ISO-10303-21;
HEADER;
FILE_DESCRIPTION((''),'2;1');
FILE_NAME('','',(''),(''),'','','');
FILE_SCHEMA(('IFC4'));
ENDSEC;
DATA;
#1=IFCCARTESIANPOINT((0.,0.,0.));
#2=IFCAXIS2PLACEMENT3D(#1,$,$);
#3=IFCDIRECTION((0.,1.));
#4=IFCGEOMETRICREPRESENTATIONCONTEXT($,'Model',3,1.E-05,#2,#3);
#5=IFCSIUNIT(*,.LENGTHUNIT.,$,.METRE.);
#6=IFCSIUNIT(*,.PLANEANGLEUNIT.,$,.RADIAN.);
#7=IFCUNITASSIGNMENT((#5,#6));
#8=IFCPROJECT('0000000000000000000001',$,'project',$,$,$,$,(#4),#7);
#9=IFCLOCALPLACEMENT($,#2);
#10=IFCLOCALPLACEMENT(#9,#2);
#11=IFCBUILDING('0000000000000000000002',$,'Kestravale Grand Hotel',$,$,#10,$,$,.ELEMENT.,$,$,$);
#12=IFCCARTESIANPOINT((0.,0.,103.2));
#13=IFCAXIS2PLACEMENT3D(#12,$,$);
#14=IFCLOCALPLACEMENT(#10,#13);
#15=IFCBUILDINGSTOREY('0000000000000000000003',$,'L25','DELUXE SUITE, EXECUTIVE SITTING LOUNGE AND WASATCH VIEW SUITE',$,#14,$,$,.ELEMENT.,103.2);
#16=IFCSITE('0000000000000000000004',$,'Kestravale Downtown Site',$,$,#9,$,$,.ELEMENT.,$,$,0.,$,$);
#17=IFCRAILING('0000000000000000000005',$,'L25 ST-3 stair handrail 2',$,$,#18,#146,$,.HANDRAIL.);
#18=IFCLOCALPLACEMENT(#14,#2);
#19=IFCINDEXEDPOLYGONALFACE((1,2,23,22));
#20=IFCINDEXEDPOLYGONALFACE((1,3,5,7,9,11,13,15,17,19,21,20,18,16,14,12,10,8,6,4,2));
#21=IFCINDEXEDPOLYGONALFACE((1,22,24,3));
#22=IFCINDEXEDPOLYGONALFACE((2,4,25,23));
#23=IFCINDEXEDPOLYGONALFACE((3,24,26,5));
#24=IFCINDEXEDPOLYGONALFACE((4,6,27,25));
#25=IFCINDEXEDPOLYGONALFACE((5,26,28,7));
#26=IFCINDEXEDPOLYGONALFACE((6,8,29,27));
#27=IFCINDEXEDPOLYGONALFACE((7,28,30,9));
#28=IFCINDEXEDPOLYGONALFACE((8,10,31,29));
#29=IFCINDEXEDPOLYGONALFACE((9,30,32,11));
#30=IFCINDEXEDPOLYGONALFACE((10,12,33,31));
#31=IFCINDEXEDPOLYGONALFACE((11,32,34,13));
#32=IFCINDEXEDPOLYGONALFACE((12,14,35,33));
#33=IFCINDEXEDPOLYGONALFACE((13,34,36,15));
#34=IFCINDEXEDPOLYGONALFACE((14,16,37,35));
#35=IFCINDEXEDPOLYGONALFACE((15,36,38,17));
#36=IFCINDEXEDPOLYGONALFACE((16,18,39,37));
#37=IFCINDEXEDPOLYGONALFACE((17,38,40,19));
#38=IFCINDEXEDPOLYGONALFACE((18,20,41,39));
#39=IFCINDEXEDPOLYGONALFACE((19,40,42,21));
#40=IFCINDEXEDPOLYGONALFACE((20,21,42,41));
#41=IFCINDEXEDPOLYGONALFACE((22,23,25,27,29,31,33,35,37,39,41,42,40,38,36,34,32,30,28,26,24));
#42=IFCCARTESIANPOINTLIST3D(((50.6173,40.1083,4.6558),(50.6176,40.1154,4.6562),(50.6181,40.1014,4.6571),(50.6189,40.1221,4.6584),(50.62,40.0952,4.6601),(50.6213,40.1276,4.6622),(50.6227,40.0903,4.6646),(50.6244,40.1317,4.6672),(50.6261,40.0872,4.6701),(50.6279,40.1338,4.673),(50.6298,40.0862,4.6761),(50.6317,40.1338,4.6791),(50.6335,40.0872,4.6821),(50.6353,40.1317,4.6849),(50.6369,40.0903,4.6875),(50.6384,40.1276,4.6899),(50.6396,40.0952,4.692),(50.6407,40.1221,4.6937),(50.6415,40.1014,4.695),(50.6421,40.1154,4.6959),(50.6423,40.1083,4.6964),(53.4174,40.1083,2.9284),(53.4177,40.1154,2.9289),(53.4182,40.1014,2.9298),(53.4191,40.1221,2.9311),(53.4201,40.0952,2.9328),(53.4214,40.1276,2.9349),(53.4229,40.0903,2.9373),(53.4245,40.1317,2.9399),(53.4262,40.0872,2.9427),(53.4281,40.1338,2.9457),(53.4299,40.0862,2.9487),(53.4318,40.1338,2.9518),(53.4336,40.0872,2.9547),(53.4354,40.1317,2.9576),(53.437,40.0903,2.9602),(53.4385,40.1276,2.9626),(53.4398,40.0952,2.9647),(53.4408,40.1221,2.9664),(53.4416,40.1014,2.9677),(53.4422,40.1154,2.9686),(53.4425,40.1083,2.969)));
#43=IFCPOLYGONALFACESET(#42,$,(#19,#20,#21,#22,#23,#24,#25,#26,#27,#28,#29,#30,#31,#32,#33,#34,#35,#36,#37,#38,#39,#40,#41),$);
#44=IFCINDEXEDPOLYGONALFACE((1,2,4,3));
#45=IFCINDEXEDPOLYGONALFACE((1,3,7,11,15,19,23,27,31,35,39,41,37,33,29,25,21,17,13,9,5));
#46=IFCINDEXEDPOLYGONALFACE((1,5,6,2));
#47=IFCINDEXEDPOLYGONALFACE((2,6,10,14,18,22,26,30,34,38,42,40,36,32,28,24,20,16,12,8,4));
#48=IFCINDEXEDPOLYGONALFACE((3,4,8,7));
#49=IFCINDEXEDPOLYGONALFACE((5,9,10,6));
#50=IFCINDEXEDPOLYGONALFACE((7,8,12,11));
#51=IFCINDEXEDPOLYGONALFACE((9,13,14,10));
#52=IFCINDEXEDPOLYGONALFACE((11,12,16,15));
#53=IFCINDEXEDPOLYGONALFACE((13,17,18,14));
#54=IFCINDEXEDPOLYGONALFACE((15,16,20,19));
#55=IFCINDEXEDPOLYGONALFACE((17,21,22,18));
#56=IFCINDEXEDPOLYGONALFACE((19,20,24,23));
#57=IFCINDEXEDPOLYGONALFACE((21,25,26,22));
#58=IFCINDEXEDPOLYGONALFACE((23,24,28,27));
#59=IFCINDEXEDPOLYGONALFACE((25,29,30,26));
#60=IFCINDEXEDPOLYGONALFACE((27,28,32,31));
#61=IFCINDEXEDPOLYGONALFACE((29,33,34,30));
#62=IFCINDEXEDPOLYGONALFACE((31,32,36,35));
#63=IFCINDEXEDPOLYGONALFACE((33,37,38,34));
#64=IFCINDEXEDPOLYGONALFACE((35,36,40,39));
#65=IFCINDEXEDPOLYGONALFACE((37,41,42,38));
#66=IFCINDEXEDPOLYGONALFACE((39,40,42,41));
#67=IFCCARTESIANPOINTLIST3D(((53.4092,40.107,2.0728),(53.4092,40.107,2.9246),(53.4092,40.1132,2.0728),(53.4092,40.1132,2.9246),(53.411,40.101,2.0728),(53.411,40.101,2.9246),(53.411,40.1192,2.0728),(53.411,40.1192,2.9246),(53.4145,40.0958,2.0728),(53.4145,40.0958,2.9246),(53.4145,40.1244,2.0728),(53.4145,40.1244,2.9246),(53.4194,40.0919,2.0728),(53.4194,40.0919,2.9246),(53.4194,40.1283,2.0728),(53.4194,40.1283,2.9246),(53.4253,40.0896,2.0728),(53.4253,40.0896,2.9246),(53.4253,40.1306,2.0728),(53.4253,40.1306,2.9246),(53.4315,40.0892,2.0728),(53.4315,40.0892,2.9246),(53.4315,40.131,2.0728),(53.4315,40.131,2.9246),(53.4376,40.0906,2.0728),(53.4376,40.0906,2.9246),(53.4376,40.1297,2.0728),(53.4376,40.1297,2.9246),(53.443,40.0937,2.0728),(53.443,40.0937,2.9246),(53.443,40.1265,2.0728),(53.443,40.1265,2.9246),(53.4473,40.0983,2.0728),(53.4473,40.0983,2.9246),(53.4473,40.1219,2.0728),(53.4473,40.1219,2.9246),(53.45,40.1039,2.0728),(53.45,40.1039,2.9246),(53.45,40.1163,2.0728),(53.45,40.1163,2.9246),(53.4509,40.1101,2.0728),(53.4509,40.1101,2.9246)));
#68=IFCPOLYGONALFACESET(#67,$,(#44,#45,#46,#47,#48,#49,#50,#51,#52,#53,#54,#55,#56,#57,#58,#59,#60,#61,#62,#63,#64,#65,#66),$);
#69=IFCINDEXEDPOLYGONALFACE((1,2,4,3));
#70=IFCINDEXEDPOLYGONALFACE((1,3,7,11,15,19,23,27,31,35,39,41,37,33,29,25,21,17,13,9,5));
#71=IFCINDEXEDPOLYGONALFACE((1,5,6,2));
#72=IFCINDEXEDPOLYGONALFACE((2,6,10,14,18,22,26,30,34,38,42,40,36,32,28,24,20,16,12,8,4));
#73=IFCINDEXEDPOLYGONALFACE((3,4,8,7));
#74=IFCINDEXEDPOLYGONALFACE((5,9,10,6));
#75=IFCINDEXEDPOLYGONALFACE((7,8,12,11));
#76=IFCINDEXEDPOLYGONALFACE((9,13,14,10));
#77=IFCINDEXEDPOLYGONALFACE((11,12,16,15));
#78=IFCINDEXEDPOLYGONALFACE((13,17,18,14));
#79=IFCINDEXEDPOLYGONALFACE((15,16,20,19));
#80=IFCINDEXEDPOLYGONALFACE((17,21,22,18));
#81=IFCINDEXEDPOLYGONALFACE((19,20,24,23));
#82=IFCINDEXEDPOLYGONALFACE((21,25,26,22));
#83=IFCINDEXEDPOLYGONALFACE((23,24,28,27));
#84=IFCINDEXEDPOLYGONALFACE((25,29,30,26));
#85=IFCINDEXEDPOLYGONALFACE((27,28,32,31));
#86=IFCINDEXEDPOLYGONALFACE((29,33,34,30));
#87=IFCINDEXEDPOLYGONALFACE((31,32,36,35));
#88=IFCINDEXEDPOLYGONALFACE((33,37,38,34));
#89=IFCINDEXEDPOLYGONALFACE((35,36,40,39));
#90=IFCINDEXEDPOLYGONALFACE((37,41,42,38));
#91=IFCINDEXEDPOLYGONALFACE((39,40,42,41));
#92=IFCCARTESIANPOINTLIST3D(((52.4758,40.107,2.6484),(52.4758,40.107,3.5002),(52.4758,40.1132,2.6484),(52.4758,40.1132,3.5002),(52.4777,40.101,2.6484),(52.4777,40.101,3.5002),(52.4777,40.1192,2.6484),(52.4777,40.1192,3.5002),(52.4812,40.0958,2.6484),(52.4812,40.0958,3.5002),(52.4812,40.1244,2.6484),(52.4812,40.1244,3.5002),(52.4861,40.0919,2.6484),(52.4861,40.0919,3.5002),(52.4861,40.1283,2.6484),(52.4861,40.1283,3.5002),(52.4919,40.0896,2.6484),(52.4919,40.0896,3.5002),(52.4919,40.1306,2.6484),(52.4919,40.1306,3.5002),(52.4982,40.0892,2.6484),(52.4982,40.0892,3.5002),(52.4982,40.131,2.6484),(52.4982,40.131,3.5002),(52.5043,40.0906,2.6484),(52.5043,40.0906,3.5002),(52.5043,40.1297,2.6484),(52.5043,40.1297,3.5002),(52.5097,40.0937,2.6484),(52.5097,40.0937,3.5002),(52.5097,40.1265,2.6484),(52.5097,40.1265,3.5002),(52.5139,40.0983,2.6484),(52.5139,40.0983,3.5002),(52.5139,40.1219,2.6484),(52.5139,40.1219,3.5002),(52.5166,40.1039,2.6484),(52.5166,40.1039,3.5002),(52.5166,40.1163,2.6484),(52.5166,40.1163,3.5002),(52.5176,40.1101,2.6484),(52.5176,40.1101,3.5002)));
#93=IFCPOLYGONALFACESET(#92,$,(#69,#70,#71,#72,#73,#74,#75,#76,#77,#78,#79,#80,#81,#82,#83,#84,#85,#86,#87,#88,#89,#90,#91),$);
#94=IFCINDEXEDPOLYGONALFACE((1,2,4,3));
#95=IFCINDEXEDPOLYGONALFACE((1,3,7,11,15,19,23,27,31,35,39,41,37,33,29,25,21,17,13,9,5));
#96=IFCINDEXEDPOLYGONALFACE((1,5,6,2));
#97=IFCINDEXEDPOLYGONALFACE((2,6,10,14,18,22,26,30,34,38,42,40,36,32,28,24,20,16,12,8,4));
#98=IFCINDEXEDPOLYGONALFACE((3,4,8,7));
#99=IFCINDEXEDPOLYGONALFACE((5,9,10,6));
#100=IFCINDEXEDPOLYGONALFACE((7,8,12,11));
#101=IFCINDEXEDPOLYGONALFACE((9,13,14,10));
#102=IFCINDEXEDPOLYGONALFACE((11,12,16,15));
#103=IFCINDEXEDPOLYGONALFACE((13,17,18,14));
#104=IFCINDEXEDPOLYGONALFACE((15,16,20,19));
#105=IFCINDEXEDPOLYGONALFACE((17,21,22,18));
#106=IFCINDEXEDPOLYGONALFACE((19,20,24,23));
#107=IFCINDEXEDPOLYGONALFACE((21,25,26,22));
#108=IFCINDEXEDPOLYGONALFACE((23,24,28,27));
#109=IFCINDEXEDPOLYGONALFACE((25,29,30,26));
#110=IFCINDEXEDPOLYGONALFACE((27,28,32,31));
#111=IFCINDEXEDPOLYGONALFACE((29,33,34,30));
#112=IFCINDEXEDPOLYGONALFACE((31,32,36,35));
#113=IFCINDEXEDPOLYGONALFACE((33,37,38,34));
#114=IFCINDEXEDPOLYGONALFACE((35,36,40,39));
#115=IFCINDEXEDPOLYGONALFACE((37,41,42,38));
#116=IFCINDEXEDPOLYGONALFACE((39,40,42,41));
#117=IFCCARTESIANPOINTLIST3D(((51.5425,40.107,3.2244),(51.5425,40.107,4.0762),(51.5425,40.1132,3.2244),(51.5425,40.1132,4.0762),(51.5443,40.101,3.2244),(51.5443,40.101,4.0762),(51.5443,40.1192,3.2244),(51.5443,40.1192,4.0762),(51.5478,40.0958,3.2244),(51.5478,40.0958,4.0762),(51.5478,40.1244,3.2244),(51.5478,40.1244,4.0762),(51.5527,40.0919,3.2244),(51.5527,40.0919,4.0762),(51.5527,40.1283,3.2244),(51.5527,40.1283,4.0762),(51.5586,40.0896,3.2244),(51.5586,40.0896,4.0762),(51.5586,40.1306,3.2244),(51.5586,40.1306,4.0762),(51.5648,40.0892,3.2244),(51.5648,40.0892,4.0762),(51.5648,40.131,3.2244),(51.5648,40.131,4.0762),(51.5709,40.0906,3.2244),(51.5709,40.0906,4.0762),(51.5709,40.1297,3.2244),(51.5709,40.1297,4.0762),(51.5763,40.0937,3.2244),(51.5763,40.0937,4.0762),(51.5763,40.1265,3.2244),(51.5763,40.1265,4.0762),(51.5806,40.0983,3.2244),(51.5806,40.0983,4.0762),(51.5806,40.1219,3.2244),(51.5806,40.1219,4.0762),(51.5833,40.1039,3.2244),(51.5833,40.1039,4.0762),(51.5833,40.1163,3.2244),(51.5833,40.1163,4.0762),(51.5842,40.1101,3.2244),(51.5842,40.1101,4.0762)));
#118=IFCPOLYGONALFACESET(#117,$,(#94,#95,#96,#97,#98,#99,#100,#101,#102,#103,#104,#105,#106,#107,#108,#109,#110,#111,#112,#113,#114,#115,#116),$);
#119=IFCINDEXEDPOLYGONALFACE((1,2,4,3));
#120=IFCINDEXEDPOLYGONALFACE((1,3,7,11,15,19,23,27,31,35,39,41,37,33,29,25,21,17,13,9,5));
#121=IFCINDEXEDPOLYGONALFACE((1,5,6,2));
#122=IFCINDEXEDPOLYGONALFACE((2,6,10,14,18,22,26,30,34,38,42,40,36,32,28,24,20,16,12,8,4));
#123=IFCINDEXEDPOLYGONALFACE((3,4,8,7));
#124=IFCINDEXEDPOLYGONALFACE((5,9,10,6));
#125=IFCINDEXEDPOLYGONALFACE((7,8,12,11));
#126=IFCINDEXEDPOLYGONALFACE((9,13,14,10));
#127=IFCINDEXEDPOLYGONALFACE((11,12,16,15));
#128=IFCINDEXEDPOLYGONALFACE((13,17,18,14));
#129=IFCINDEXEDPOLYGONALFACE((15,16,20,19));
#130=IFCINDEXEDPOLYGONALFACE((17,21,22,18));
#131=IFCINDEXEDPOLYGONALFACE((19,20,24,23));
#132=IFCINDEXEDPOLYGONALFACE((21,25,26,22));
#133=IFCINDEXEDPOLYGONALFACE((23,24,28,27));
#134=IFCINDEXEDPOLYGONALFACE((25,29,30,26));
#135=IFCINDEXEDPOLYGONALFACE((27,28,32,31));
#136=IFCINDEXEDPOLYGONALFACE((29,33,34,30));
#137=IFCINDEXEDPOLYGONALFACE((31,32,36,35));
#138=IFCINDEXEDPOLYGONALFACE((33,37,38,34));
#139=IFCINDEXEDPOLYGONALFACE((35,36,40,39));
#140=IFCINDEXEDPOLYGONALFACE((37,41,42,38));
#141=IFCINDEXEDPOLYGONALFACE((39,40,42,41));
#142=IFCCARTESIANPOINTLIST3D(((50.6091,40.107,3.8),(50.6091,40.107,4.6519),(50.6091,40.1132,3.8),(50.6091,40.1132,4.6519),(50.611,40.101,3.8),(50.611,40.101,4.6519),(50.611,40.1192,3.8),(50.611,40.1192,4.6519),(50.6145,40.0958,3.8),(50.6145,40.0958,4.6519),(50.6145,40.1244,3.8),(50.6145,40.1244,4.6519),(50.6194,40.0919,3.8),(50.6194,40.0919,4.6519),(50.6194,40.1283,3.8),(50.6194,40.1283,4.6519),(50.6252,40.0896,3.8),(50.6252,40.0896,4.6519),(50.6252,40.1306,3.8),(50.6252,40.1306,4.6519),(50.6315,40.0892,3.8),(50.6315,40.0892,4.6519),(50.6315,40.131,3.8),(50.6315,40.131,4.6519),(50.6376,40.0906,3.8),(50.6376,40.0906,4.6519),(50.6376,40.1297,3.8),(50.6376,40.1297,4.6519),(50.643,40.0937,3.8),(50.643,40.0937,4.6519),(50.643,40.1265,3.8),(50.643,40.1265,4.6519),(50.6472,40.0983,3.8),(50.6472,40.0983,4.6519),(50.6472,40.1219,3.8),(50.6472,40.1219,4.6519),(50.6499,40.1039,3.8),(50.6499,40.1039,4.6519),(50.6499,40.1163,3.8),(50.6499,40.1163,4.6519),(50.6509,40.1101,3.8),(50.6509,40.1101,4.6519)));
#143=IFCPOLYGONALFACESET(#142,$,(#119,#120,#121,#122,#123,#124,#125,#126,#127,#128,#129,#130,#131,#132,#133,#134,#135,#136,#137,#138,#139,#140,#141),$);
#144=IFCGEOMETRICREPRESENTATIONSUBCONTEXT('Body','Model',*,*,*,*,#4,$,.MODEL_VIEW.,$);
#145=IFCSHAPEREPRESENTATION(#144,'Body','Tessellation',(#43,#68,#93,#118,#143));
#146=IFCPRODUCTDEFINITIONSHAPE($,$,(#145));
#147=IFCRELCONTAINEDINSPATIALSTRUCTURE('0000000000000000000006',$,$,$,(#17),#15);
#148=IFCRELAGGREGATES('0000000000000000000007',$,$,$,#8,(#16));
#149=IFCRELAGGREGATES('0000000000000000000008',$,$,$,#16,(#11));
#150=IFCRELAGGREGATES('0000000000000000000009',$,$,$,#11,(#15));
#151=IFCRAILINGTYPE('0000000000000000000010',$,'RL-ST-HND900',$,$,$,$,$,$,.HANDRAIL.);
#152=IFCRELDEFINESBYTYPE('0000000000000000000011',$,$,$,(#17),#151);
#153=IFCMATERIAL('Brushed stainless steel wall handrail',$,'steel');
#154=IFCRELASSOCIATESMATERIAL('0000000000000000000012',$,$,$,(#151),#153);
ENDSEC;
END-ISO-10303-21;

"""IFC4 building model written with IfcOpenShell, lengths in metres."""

from ifc_helpers import new_model, si_unit, direction, frame, origin, origin_2d, place, context, subcontext, project, spatial, circle, extrude, material, type_object, element, save


model = new_model("IFC4")

# Units and contexts
model_context = context("Model", 3, precision=1e-05, world=origin(), true_north=direction((0.0, 1.0)))
body_context = subcontext(model_context, "Body", "Model", "MODEL_VIEW")
ifc_project = project(units=[si_unit("LENGTHUNIT", "METRE"), si_unit("PLANEANGLEUNIT", "RADIAN")], contexts=[model_context])

# Site, building, storey
site_placement = place(None, origin())
site = spatial("IfcSite", under=ifc_project, at=site_placement, Name="Kestravale Downtown Site", CompositionType="ELEMENT", RefElevation=0.0)
building_placement = place(site_placement, origin())
building = spatial("IfcBuilding", under=site, at=building_placement, Name="Kestravale Grand Hotel", CompositionType="ELEMENT")
storey_placement = place(building_placement, frame((0.0, 0.0, 103.2)))
storey = spatial("IfcBuildingStorey", under=building, at=storey_placement, Name="L25", Description="DELUXE SUITE, EXECUTIVE SITTING LOUNGE AND WASATCH VIEW SUITE", CompositionType="ELEMENT", Elevation=103.2)

# Railing
ifc_material_1 = material(Name="Brushed stainless steel wall handrail", Category="steel")
railing_type_1 = type_object("IfcRailingType", Name="RL-ST-HND900", PredefinedType="HANDRAIL", material=ifc_material_1)
railing_1_placement = place(storey_placement, frame((53.4299, 40.1101, 2.0728)))
element("IfcRailing", 1, at=railing_1_placement, inside=storey, type_object=railing_type_1, Name="L25 ST-3 stair handrail 2", PredefinedType="HANDRAIL", context=body_context, shape_type="SweptSolid", body=[
    extrude(circle(Radius=0.0239, at=origin_2d()), frame((0.0, 0.0, 0.876), z_axis=(-0.85109, 0.0, 0.52502), x_axis=(0.0, -1.0, 0.0)), (0.0, 0.0, 1.0), 3.29),
    extrude(circle(Radius=0.021, at=origin_2d()), origin(), (0.0, 0.0, 1.0), 0.8518),
    extrude(circle(Radius=0.021, at=origin_2d()), frame((-0.9333, 0.0, 0.5757)), (0.0, 0.0, 1.0), 0.8518),
    extrude(circle(Radius=0.021, at=origin_2d()), frame((-1.8667, 0.0, 1.1516)), (0.0, 0.0, 1.0), 0.8518),
    extrude(circle(Radius=0.021, at=origin_2d()), frame((-2.8, 0.0, 1.7273)), (0.0, 0.0, 1.0), 0.8518),
])

save(model, "model.ifc")
